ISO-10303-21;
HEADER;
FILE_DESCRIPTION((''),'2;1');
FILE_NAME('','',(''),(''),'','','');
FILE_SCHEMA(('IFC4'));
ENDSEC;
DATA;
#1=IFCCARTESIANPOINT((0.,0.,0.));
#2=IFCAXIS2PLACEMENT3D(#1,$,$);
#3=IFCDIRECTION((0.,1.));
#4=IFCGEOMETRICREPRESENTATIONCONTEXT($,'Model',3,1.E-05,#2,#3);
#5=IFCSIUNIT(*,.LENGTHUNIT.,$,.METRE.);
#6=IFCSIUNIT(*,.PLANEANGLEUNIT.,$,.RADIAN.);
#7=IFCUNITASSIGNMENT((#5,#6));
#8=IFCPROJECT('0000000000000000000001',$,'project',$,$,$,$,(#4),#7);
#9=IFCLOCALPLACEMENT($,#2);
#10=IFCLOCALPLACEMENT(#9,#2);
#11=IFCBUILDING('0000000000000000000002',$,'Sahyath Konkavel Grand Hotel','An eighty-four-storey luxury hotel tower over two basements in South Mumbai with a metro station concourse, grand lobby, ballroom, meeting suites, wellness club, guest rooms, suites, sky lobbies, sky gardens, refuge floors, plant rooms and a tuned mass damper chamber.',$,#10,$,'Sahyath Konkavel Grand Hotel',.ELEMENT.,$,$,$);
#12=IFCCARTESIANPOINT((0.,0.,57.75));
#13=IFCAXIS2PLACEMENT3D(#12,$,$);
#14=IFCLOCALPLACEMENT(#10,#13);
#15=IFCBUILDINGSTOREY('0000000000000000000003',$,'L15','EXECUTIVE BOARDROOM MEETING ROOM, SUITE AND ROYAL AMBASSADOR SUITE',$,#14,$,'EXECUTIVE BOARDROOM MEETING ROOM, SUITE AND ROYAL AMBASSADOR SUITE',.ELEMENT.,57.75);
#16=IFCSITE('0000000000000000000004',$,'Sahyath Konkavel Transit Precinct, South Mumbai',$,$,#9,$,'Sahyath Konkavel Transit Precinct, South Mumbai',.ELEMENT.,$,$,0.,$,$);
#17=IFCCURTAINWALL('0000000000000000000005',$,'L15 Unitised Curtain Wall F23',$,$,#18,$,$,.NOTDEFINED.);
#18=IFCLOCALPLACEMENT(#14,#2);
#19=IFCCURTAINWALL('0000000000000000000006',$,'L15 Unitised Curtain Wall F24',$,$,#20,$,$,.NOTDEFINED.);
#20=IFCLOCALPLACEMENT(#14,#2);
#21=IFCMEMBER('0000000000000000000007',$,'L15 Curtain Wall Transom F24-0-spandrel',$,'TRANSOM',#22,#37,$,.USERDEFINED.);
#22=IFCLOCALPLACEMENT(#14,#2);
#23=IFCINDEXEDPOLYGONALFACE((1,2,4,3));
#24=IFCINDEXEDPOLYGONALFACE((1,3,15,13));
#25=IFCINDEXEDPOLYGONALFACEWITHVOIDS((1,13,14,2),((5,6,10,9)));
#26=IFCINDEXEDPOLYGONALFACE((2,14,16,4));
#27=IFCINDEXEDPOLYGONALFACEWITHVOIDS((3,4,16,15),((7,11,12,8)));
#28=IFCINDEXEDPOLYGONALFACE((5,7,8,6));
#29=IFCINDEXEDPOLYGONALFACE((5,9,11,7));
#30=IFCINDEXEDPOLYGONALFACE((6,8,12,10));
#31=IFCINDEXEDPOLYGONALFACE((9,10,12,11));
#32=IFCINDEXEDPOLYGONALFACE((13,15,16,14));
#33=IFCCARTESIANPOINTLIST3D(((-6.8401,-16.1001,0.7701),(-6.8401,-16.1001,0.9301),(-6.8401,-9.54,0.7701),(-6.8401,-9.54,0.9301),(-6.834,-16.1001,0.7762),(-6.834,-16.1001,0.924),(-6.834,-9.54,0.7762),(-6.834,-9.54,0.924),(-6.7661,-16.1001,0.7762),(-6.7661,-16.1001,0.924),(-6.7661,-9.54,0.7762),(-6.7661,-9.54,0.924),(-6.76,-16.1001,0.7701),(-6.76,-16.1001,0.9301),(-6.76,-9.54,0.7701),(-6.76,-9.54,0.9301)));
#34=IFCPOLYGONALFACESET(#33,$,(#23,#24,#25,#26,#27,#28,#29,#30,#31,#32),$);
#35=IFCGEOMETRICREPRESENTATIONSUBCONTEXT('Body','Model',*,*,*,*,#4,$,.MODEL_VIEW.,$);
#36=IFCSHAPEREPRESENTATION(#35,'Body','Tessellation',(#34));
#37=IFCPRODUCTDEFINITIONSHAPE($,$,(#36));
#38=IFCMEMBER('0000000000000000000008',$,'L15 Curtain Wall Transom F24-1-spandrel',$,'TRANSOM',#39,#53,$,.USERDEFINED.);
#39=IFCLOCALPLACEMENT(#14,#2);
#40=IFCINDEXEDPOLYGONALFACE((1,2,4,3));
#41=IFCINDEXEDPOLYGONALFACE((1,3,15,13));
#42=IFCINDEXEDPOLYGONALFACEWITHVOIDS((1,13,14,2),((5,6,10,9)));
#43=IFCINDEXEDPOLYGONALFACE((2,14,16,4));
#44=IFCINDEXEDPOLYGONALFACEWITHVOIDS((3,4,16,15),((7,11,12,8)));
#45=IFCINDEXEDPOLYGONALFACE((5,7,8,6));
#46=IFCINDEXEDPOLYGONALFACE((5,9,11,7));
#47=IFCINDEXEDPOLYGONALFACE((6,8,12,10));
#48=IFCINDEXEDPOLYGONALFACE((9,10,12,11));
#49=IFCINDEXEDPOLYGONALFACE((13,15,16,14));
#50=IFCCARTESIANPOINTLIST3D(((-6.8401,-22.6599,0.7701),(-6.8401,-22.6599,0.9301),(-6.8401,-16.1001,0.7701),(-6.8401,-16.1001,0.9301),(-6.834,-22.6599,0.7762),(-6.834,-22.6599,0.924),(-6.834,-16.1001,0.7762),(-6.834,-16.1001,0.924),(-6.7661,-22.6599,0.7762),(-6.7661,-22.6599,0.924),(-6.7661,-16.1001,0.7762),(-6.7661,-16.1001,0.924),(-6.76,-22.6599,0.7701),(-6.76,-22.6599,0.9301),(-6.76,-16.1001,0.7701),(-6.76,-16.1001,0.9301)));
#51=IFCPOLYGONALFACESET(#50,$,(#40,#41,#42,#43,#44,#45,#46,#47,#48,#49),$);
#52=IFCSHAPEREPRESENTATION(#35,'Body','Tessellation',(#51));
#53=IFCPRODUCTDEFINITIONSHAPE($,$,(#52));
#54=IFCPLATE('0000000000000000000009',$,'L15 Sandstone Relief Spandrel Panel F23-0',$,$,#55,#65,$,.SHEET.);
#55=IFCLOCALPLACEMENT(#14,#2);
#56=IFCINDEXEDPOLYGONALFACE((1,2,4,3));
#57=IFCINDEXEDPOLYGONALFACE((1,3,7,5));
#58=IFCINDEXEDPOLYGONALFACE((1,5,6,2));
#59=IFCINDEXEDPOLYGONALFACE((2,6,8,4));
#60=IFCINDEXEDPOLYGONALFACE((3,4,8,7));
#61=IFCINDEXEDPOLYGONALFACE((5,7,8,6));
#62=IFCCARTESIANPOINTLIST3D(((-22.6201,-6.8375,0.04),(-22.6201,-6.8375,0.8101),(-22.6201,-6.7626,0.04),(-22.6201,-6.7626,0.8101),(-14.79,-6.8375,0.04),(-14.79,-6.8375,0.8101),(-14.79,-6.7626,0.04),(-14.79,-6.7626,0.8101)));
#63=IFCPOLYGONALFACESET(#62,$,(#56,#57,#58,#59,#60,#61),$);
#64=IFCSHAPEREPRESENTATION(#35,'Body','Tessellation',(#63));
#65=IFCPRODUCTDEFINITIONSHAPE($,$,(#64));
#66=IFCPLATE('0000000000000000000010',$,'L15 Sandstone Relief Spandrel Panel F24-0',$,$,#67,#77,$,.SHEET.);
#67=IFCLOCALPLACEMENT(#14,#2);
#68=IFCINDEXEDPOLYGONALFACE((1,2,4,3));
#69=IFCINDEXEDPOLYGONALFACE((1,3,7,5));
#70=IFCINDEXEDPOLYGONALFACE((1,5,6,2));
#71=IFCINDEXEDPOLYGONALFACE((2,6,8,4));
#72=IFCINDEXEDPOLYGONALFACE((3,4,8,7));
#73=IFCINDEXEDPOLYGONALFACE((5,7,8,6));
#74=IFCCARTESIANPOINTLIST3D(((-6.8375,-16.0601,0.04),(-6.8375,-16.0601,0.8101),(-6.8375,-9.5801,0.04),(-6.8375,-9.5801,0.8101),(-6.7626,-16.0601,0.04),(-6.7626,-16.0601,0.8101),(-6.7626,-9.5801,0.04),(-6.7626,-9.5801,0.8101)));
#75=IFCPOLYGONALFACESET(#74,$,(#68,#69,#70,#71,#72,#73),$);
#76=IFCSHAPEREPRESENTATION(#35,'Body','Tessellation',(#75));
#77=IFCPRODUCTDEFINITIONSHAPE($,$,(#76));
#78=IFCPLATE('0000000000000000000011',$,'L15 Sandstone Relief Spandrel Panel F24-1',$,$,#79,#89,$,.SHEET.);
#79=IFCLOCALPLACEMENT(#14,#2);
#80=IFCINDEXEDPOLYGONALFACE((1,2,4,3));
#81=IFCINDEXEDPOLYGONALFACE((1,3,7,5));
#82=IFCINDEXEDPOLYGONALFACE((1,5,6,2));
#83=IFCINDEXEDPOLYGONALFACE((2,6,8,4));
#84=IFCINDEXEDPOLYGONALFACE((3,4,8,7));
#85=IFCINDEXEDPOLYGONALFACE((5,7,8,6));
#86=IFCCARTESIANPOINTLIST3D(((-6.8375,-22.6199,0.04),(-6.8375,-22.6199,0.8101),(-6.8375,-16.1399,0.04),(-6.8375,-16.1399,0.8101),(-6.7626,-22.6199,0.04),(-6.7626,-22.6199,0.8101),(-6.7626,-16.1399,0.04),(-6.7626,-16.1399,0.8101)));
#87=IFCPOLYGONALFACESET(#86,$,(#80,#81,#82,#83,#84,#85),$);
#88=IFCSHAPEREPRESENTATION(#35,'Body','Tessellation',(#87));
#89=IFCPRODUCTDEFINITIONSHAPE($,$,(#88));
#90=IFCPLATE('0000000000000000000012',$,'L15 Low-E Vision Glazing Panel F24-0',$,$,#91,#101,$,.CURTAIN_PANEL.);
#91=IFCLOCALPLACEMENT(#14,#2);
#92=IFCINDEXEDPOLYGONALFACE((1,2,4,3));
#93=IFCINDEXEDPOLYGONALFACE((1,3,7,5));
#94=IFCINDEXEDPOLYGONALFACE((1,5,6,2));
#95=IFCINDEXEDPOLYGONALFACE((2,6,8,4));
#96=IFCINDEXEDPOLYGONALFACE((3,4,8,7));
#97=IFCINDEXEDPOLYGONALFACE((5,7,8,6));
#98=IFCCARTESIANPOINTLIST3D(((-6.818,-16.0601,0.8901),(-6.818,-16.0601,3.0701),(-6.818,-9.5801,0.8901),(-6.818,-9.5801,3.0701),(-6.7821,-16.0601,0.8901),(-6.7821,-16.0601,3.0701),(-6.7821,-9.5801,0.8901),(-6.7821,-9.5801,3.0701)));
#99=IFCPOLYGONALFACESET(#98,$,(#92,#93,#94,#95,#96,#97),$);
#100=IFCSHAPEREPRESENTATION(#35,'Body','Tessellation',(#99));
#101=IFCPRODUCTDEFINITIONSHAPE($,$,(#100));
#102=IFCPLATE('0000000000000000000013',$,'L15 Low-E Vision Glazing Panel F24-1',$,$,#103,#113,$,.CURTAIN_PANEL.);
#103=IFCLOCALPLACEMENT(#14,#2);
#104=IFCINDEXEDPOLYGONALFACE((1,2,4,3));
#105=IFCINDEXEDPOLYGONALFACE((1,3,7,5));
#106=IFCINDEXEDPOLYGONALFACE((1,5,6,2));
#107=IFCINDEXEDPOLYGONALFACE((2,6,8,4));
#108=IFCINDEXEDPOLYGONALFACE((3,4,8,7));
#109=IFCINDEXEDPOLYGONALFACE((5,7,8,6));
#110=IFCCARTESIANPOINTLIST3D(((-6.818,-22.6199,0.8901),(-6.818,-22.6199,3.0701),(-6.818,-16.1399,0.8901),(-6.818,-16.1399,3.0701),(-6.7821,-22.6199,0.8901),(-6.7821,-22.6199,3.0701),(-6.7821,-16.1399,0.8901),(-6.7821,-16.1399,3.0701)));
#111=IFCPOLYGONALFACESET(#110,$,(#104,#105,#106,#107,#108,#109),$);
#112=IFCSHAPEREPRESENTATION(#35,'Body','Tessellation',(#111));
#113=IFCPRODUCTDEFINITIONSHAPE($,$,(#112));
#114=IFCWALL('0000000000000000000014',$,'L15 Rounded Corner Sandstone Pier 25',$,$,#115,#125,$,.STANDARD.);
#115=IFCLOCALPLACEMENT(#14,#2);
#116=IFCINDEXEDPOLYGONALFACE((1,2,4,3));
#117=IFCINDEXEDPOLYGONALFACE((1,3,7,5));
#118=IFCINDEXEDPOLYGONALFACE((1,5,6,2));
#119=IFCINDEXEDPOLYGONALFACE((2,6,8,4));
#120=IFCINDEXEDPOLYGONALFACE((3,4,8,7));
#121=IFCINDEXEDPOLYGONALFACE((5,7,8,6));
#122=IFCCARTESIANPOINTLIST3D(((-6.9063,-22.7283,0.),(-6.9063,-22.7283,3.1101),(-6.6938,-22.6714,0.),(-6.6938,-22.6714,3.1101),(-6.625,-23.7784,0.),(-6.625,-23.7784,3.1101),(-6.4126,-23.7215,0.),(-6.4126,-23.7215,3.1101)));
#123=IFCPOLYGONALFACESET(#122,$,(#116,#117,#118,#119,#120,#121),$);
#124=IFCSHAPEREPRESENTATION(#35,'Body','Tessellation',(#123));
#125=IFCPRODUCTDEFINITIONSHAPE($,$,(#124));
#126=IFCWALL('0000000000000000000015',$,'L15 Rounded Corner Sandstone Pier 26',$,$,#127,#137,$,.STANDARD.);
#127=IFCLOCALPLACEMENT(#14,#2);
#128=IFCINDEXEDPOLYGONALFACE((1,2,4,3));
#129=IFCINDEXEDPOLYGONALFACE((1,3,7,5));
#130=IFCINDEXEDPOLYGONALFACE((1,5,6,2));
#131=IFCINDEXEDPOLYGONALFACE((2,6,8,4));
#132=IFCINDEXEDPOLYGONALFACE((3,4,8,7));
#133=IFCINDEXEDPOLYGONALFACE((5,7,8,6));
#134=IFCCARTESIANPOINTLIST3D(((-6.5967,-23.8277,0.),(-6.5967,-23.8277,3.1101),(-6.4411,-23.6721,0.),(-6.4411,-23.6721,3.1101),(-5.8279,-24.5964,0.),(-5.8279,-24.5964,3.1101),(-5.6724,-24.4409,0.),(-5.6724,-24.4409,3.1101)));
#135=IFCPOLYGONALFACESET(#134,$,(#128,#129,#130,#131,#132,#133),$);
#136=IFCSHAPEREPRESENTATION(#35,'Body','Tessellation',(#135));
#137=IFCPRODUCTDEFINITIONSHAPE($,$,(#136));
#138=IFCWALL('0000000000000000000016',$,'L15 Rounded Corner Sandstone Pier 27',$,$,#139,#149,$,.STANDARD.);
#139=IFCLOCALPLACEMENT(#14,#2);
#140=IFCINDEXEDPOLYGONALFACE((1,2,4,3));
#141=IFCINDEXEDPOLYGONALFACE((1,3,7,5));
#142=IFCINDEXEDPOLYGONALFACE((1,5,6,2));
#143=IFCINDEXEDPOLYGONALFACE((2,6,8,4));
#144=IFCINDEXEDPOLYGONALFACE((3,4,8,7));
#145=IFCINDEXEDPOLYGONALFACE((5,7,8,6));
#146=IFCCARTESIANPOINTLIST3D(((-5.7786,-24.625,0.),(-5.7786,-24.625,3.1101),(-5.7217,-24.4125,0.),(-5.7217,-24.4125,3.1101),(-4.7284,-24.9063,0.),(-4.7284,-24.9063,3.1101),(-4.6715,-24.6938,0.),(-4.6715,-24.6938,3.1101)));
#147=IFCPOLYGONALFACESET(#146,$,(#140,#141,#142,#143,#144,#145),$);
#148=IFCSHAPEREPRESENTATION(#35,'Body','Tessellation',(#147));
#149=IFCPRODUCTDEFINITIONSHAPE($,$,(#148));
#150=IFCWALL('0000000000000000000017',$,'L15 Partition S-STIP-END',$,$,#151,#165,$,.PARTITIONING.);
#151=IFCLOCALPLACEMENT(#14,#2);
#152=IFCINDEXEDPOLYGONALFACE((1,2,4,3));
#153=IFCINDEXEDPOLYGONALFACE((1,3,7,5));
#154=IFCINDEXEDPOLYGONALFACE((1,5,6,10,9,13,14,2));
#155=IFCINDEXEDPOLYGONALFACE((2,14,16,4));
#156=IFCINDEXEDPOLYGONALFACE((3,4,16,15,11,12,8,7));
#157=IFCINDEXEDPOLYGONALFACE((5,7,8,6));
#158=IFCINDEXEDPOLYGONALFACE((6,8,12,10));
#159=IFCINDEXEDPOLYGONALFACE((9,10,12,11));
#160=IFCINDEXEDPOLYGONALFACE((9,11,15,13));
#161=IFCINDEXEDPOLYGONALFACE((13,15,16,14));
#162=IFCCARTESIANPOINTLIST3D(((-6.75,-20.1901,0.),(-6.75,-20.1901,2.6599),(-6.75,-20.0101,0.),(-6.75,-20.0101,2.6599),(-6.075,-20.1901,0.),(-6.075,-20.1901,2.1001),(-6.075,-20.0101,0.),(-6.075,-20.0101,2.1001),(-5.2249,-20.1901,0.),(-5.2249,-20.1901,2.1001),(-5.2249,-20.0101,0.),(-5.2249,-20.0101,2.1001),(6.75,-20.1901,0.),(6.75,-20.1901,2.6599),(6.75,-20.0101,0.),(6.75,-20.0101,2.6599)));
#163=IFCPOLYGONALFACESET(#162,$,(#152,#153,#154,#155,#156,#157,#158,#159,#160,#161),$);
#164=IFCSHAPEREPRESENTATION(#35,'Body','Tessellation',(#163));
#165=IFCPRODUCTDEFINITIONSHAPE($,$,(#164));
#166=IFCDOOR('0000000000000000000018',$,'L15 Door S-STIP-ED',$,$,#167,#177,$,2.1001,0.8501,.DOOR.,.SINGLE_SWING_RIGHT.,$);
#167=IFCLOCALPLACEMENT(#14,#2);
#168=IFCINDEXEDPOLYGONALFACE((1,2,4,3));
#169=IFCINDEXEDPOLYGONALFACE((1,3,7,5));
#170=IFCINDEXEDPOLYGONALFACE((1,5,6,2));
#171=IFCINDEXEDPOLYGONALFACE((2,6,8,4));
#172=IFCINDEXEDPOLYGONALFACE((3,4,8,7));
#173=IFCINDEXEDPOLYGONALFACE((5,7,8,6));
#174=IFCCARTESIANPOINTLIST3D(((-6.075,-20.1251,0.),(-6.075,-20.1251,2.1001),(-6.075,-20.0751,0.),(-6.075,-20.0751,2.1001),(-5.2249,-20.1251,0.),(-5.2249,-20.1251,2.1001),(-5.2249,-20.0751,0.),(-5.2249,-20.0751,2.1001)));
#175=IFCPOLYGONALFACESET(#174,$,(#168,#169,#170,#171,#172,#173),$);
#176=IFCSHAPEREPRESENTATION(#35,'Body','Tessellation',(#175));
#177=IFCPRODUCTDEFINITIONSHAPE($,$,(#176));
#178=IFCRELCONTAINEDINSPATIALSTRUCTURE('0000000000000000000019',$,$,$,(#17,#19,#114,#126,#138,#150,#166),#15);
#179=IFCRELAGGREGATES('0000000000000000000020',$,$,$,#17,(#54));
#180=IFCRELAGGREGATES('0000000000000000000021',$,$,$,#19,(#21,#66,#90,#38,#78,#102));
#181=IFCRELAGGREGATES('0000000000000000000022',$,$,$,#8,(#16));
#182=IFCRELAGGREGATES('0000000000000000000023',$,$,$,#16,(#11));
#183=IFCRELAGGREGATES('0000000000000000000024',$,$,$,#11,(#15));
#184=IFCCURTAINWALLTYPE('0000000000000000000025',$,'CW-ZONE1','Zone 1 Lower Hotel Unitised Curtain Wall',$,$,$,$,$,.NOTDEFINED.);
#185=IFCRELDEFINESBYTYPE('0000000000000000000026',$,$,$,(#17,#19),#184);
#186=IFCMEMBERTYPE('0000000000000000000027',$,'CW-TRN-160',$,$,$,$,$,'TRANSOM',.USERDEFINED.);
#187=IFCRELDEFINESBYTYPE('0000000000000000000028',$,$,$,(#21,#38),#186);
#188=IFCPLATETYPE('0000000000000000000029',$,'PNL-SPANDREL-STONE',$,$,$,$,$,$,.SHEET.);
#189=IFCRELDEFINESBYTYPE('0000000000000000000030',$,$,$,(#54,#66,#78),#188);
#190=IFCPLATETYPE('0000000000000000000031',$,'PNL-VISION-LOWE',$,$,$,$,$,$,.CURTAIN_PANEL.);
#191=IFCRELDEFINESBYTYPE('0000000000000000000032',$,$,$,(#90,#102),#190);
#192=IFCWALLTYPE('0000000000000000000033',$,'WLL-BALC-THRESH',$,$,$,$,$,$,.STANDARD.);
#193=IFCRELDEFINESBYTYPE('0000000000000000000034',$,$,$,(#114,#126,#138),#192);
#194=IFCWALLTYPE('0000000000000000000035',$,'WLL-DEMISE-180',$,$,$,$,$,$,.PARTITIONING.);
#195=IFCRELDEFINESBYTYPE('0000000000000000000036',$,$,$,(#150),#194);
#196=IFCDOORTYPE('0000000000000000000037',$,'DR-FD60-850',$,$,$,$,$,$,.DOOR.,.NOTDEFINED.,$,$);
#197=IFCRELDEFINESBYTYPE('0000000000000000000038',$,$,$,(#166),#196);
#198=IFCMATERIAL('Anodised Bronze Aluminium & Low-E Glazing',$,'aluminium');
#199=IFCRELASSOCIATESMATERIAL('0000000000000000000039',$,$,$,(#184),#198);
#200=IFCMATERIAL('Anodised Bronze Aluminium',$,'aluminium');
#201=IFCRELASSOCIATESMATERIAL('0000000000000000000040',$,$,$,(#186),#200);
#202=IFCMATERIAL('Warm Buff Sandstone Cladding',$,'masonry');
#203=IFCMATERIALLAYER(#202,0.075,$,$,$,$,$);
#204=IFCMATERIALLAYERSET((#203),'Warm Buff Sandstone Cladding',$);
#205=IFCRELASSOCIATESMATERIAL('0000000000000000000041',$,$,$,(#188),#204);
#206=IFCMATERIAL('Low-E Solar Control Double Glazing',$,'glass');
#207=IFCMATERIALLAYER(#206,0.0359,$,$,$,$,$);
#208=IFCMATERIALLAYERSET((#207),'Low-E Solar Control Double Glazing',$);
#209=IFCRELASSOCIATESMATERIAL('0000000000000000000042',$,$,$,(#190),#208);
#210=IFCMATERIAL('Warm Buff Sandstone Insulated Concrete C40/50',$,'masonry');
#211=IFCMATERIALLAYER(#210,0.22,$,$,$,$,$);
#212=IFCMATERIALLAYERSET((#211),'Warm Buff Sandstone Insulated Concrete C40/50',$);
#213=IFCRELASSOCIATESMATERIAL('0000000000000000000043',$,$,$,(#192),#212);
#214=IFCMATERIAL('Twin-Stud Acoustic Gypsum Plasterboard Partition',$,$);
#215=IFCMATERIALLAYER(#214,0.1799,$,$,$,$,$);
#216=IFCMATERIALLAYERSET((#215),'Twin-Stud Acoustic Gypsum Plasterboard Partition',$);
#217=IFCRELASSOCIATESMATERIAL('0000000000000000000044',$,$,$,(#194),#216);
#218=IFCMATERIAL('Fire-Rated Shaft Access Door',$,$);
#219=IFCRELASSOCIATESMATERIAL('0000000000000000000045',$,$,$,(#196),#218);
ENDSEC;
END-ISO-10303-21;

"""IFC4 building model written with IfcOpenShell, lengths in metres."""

from ifc_helpers import new_model, si_unit, direction, frame, frame_2d, origin, origin_2d, place, context, subcontext, project, spatial, rectangle, hollow_rectangle, extrude, source, transform, mapped, material, layer, layer_set, material_profile, profile_set, type_object, element, fill, aggregate, save


model = new_model("IFC4")

# Units and contexts
model_context = context("Model", 3, precision=1e-05, world=origin(), true_north=direction((0.0, 1.0)))
body_context = subcontext(model_context, "Body", "Model", "MODEL_VIEW")
ifc_project = project(units=[si_unit("LENGTHUNIT", "METRE"), si_unit("PLANEANGLEUNIT", "RADIAN")], contexts=[model_context])

# Site, building, storey
site_placement = place(None, origin())
site = spatial("IfcSite", under=ifc_project, at=site_placement, Name="Sahyath Konkavel Transit Precinct, South Mumbai", LongName="Sahyath Konkavel Transit Precinct, South Mumbai", CompositionType="ELEMENT", RefElevation=0.0)
building_placement = place(site_placement, origin())
building = spatial("IfcBuilding", under=site, at=building_placement, Name="Sahyath Konkavel Grand Hotel", Description="An eighty-four-storey luxury hotel tower over two basements in South Mumbai with a metro station concourse, grand lobby, ballroom, meeting suites, wellness club, guest rooms, suites, sky lobbies, sky gardens, refuge floors, plant rooms and a tuned mass damper chamber.", LongName="Sahyath Konkavel Grand Hotel", CompositionType="ELEMENT")
storey_placement = place(building_placement, frame((0.0, 0.0, 57.75)))
storey = spatial("IfcBuildingStorey", under=building, at=storey_placement, Name="L15", Description="EXECUTIVE BOARDROOM MEETING ROOM, SUITE AND ROYAL AMBASSADOR SUITE", LongName="EXECUTIVE BOARDROOM MEETING ROOM, SUITE AND ROYAL AMBASSADOR SUITE", CompositionType="ELEMENT", Elevation=57.75)

# Curtain walls
ifc_material_1 = material(Name="Anodised Bronze Aluminium & Low-E Glazing", Category="aluminium")
curtain_wall_type = type_object("IfcCurtainWallType", Name="CW-ZONE1", Description="Zone 1 Lower Hotel Unitised Curtain Wall", PredefinedType="NOTDEFINED", material=ifc_material_1)
curtain_wall_1_placement = place(storey_placement, origin())
curtain_wall_1 = element("IfcCurtainWall", 1, at=curtain_wall_1_placement, inside=storey, type_object=curtain_wall_type, Name="L15 Unitised Curtain Wall F23", PredefinedType="NOTDEFINED")
curtain_wall_2_placement = place(storey_placement, origin())
curtain_wall_2 = element("IfcCurtainWall", 2, at=curtain_wall_2_placement, inside=storey, type_object=curtain_wall_type, Name="L15 Unitised Curtain Wall F24", PredefinedType="NOTDEFINED")

# Members
ifc_material_2 = material(Name="Anodised Bronze Aluminium", Category="aluminium")
ifc_material_profile_1 = material_profile(ifc_material_2, hollow_rectangle(XDim=0.0801, YDim=0.1599, WallThickness=0.0061, at=origin_2d()), Name="RHS 160x80x6")
ifc_profile_set_1 = profile_set([ifc_material_profile_1], Name="Anodised Bronze Aluminium")
member_type_1 = type_object("IfcMemberType", Name="CW-TRN-160", ElementType="TRANSOM", PredefinedType="USERDEFINED", material=ifc_profile_set_1)
shared_shape_1 = source(origin(), body_context, "Body", "SweptSolid", [
    extrude(hollow_rectangle(XDim=0.0801, YDim=0.1599, WallThickness=0.0061, at=origin_2d()), origin(), (0.0, 0.0, 1.0), 6.5601),
])
member_1_placement = place(storey_placement, frame((-6.8, -9.54, 0.8501), z_axis=(0.0, -1.0, 0.0), x_axis=(1.0, 0.0, 0.0)))
member_1 = element("IfcMember", 3, at=member_1_placement, type_object=member_type_1, Name="L15 Curtain Wall Transom F24-0-spandrel", ObjectType="TRANSOM", PredefinedType="USERDEFINED", context=body_context, shape_type="MappedRepresentation", body=[
    mapped(shared_shape_1, transform((0.0, 0.0, 0.0), scale=1.0)),
])
shared_shape_2 = source(origin(), body_context, "Body", "SweptSolid", [
    extrude(hollow_rectangle(XDim=0.0801, YDim=0.1599, WallThickness=0.0061, at=origin_2d()), origin(), (0.0, 0.0, 1.0), 6.5598),
])
member_2_placement = place(storey_placement, frame((-6.8, -16.1001, 0.8501), z_axis=(0.0, -1.0, 0.0), x_axis=(1.0, 0.0, 0.0)))
member_2 = element("IfcMember", 4, at=member_2_placement, type_object=member_type_1, Name="L15 Curtain Wall Transom F24-1-spandrel", ObjectType="TRANSOM", PredefinedType="USERDEFINED", context=body_context, shape_type="MappedRepresentation", body=[
    mapped(shared_shape_2, transform((0.0, 0.0, 0.0), scale=1.0)),
])

# Plates
ifc_material_3 = material(Name="Warm Buff Sandstone Cladding", Category="masonry")
ifc_layer_1 = layer(ifc_material_3, 0.075)
ifc_layer_set_1 = layer_set([ifc_layer_1], Name="Warm Buff Sandstone Cladding")
plate_type_1 = type_object("IfcPlateType", Name="PNL-SPANDREL-STONE", PredefinedType="SHEET", material=ifc_layer_set_1)
shared_shape_3 = source(origin(), body_context, "Body", "SweptSolid", [
    extrude(rectangle(XDim=7.8301, YDim=0.075, at=origin_2d()), origin(), (0.0, 0.0, 1.0), 0.77),
])
plate_1_placement = place(storey_placement, frame((-18.7051, -6.8, 0.04), z_axis=(0.0, 0.0, 1.0), x_axis=(1.0, 0.0, 0.0)))
plate_1 = element("IfcPlate", 5, at=plate_1_placement, type_object=plate_type_1, Name="L15 Sandstone Relief Spandrel Panel F23-0", PredefinedType="SHEET", context=body_context, shape_type="MappedRepresentation", body=[
    mapped(shared_shape_3, transform((0.0, 0.0, 0.0), scale=1.0)),
])
aggregate(curtain_wall_1, [plate_1])
shared_shape_4 = source(origin(), body_context, "Body", "SweptSolid", [
    extrude(rectangle(XDim=6.48, YDim=0.075, at=origin_2d()), origin(), (0.0, 0.0, 1.0), 0.77),
])
plate_2_placement = place(storey_placement, frame((-6.8, -12.8201, 0.04), z_axis=(0.0, 0.0, 1.0), x_axis=(0.0, -1.0, 0.0)))
plate_2 = element("IfcPlate", 6, at=plate_2_placement, type_object=plate_type_1, Name="L15 Sandstone Relief Spandrel Panel F24-0", PredefinedType="SHEET", context=body_context, shape_type="MappedRepresentation", body=[
    mapped(shared_shape_4, transform((0.0, 0.0, 0.0), scale=1.0)),
])
plate_3_placement = place(storey_placement, frame((-6.8, -19.3799, 0.04), z_axis=(0.0, 0.0, 1.0), x_axis=(0.0, -1.0, 0.0)))
plate_3 = element("IfcPlate", 7, at=plate_3_placement, type_object=plate_type_1, Name="L15 Sandstone Relief Spandrel Panel F24-1", PredefinedType="SHEET", context=body_context, shape_type="MappedRepresentation", body=[
    mapped(shared_shape_4, transform((0.0, 0.0, 0.0), scale=1.0)),
])
ifc_material_4 = material(Name="Low-E Solar Control Double Glazing", Category="glass")
ifc_layer_2 = layer(ifc_material_4, 0.0359)
ifc_layer_set_2 = layer_set([ifc_layer_2], Name="Low-E Solar Control Double Glazing")
plate_type_2 = type_object("IfcPlateType", Name="PNL-VISION-LOWE", PredefinedType="CURTAIN_PANEL", material=ifc_layer_set_2)
shared_shape_5 = source(origin(), body_context, "Body", "SweptSolid", [
    extrude(rectangle(XDim=6.48, YDim=0.0359, at=origin_2d()), origin(), (0.0, 0.0, 1.0), 2.1799),
])
plate_4_placement = place(storey_placement, frame((-6.8, -12.8201, 0.8901), z_axis=(0.0, 0.0, 1.0), x_axis=(0.0, -1.0, 0.0)))
plate_4 = element("IfcPlate", 8, at=plate_4_placement, type_object=plate_type_2, Name="L15 Low-E Vision Glazing Panel F24-0", PredefinedType="CURTAIN_PANEL", context=body_context, shape_type="MappedRepresentation", body=[
    mapped(shared_shape_5, transform((0.0, 0.0, 0.0), scale=1.0)),
])
plate_5_placement = place(storey_placement, frame((-6.8, -19.3799, 0.8901), z_axis=(0.0, 0.0, 1.0), x_axis=(0.0, -1.0, 0.0)))
plate_5 = element("IfcPlate", 9, at=plate_5_placement, type_object=plate_type_2, Name="L15 Low-E Vision Glazing Panel F24-1", PredefinedType="CURTAIN_PANEL", context=body_context, shape_type="MappedRepresentation", body=[
    mapped(shared_shape_5, transform((0.0, 0.0, 0.0), scale=1.0)),
])
aggregate(curtain_wall_2, [member_1, plate_2, plate_4, member_2, plate_3, plate_5])

# Walls
ifc_material_5 = material(Name="Warm Buff Sandstone Insulated Concrete C40/50", Category="masonry")
ifc_layer_3 = layer(ifc_material_5, 0.22)
ifc_layer_set_3 = layer_set([ifc_layer_3], Name="Warm Buff Sandstone Insulated Concrete C40/50")
wall_type_1 = type_object("IfcWallType", Name="WLL-BALC-THRESH", PredefinedType="STANDARD", material=ifc_layer_set_3)
for number, where, z_axis, x_axis, name in (
    (10, (-6.8, -22.7, 0.0), (0.0, 0.0, 1.0), (0.258725, -0.965951, 0.0), "L15 Rounded Corner Sandstone Pier 25"),
    (11, (-6.5188, -23.75, 0.0), (0.0, 0.0, 1.0), (0.707107, -0.707107, 0.0), "L15 Rounded Corner Sandstone Pier 26"),
    (12, (-5.75, -24.5188, 0.0), (0.0, 0.0, 1.0), (0.965951, -0.258725, 0.0), "L15 Rounded Corner Sandstone Pier 27"),
):
    element("IfcWall", number, at=place(storey_placement, frame(where, z_axis=z_axis, x_axis=x_axis)), inside=storey, type_object=wall_type_1, Name=name, PredefinedType="STANDARD", context=body_context, shape_type="SweptSolid", body=[
        extrude(rectangle(XDim=1.0872, YDim=0.22, at=frame_2d((0.5435, 0.0))), origin(), (0.0, 0.0, 1.0), 3.1101),
    ])

# Wall, opening, door
ifc_material_6 = material(Name="Twin-Stud Acoustic Gypsum Plasterboard Partition")
ifc_layer_4 = layer(ifc_material_6, 0.1799)
ifc_layer_set_4 = layer_set([ifc_layer_4], Name="Twin-Stud Acoustic Gypsum Plasterboard Partition")
wall_type_2 = type_object("IfcWallType", Name="WLL-DEMISE-180", PredefinedType="PARTITIONING", material=ifc_layer_set_4)
wall_1_placement = place(storey_placement, frame((-6.75, -20.1001, 0.0), z_axis=(0.0, 0.0, 1.0), x_axis=(1.0, 0.0, 0.0)))
wall_1 = element("IfcWall", 13, at=wall_1_placement, inside=storey, type_object=wall_type_2, Name="L15 Partition S-STIP-END", PredefinedType="PARTITIONING", context=body_context, shape_type="SweptSolid", body=[
    extrude(rectangle(XDim=13.5, YDim=0.1799, at=frame_2d((6.75, 0.0))), origin(), (0.0, 0.0, 1.0), 2.6599),
])
opening_placement = place(wall_1_placement, frame((0.675, 0.0, 0.0)))
opening = element("IfcOpeningElement", 14, at=opening_placement, cuts=wall_1, PredefinedType="OPENING", context=body_context, shape_type="SweptSolid", body=[
    extrude(rectangle(XDim=0.8501, YDim=2.1001, at=frame_2d((0.425, 1.05))), frame((0.0, 0.1001, 0.0), z_axis=(0.0, -1.0, 0.0), x_axis=(1.0, 0.0, 0.0)), (0.0, 0.0, 1.0), 0.2),
])
ifc_material_7 = material(Name="Fire-Rated Shaft Access Door")
door_type = type_object("IfcDoorType", Name="DR-FD60-850", OperationType="NOTDEFINED", PredefinedType="DOOR", material=ifc_material_7)
shared_shape_6 = source(origin(), body_context, "Body", "SweptSolid", [
    extrude(rectangle(XDim=0.8501, YDim=0.05, at=origin_2d()), origin(), (0.0, 0.0, 1.0), 2.1001),
])
door_placement = place(opening_placement, frame((0.425, 0.0, 0.0)))
door = element("IfcDoor", 15, at=door_placement, inside=storey, type_object=door_type, Name="L15 Door S-STIP-ED", OperationType="SINGLE_SWING_RIGHT", OverallHeight=2.1001, OverallWidth=0.8501, PredefinedType="DOOR", context=body_context, shape_type="MappedRepresentation", body=[
    mapped(shared_shape_6, transform((0.0, 0.0, 0.0), scale=1.0)),
])
fill(opening, door)

save(model, "model.ifc")
